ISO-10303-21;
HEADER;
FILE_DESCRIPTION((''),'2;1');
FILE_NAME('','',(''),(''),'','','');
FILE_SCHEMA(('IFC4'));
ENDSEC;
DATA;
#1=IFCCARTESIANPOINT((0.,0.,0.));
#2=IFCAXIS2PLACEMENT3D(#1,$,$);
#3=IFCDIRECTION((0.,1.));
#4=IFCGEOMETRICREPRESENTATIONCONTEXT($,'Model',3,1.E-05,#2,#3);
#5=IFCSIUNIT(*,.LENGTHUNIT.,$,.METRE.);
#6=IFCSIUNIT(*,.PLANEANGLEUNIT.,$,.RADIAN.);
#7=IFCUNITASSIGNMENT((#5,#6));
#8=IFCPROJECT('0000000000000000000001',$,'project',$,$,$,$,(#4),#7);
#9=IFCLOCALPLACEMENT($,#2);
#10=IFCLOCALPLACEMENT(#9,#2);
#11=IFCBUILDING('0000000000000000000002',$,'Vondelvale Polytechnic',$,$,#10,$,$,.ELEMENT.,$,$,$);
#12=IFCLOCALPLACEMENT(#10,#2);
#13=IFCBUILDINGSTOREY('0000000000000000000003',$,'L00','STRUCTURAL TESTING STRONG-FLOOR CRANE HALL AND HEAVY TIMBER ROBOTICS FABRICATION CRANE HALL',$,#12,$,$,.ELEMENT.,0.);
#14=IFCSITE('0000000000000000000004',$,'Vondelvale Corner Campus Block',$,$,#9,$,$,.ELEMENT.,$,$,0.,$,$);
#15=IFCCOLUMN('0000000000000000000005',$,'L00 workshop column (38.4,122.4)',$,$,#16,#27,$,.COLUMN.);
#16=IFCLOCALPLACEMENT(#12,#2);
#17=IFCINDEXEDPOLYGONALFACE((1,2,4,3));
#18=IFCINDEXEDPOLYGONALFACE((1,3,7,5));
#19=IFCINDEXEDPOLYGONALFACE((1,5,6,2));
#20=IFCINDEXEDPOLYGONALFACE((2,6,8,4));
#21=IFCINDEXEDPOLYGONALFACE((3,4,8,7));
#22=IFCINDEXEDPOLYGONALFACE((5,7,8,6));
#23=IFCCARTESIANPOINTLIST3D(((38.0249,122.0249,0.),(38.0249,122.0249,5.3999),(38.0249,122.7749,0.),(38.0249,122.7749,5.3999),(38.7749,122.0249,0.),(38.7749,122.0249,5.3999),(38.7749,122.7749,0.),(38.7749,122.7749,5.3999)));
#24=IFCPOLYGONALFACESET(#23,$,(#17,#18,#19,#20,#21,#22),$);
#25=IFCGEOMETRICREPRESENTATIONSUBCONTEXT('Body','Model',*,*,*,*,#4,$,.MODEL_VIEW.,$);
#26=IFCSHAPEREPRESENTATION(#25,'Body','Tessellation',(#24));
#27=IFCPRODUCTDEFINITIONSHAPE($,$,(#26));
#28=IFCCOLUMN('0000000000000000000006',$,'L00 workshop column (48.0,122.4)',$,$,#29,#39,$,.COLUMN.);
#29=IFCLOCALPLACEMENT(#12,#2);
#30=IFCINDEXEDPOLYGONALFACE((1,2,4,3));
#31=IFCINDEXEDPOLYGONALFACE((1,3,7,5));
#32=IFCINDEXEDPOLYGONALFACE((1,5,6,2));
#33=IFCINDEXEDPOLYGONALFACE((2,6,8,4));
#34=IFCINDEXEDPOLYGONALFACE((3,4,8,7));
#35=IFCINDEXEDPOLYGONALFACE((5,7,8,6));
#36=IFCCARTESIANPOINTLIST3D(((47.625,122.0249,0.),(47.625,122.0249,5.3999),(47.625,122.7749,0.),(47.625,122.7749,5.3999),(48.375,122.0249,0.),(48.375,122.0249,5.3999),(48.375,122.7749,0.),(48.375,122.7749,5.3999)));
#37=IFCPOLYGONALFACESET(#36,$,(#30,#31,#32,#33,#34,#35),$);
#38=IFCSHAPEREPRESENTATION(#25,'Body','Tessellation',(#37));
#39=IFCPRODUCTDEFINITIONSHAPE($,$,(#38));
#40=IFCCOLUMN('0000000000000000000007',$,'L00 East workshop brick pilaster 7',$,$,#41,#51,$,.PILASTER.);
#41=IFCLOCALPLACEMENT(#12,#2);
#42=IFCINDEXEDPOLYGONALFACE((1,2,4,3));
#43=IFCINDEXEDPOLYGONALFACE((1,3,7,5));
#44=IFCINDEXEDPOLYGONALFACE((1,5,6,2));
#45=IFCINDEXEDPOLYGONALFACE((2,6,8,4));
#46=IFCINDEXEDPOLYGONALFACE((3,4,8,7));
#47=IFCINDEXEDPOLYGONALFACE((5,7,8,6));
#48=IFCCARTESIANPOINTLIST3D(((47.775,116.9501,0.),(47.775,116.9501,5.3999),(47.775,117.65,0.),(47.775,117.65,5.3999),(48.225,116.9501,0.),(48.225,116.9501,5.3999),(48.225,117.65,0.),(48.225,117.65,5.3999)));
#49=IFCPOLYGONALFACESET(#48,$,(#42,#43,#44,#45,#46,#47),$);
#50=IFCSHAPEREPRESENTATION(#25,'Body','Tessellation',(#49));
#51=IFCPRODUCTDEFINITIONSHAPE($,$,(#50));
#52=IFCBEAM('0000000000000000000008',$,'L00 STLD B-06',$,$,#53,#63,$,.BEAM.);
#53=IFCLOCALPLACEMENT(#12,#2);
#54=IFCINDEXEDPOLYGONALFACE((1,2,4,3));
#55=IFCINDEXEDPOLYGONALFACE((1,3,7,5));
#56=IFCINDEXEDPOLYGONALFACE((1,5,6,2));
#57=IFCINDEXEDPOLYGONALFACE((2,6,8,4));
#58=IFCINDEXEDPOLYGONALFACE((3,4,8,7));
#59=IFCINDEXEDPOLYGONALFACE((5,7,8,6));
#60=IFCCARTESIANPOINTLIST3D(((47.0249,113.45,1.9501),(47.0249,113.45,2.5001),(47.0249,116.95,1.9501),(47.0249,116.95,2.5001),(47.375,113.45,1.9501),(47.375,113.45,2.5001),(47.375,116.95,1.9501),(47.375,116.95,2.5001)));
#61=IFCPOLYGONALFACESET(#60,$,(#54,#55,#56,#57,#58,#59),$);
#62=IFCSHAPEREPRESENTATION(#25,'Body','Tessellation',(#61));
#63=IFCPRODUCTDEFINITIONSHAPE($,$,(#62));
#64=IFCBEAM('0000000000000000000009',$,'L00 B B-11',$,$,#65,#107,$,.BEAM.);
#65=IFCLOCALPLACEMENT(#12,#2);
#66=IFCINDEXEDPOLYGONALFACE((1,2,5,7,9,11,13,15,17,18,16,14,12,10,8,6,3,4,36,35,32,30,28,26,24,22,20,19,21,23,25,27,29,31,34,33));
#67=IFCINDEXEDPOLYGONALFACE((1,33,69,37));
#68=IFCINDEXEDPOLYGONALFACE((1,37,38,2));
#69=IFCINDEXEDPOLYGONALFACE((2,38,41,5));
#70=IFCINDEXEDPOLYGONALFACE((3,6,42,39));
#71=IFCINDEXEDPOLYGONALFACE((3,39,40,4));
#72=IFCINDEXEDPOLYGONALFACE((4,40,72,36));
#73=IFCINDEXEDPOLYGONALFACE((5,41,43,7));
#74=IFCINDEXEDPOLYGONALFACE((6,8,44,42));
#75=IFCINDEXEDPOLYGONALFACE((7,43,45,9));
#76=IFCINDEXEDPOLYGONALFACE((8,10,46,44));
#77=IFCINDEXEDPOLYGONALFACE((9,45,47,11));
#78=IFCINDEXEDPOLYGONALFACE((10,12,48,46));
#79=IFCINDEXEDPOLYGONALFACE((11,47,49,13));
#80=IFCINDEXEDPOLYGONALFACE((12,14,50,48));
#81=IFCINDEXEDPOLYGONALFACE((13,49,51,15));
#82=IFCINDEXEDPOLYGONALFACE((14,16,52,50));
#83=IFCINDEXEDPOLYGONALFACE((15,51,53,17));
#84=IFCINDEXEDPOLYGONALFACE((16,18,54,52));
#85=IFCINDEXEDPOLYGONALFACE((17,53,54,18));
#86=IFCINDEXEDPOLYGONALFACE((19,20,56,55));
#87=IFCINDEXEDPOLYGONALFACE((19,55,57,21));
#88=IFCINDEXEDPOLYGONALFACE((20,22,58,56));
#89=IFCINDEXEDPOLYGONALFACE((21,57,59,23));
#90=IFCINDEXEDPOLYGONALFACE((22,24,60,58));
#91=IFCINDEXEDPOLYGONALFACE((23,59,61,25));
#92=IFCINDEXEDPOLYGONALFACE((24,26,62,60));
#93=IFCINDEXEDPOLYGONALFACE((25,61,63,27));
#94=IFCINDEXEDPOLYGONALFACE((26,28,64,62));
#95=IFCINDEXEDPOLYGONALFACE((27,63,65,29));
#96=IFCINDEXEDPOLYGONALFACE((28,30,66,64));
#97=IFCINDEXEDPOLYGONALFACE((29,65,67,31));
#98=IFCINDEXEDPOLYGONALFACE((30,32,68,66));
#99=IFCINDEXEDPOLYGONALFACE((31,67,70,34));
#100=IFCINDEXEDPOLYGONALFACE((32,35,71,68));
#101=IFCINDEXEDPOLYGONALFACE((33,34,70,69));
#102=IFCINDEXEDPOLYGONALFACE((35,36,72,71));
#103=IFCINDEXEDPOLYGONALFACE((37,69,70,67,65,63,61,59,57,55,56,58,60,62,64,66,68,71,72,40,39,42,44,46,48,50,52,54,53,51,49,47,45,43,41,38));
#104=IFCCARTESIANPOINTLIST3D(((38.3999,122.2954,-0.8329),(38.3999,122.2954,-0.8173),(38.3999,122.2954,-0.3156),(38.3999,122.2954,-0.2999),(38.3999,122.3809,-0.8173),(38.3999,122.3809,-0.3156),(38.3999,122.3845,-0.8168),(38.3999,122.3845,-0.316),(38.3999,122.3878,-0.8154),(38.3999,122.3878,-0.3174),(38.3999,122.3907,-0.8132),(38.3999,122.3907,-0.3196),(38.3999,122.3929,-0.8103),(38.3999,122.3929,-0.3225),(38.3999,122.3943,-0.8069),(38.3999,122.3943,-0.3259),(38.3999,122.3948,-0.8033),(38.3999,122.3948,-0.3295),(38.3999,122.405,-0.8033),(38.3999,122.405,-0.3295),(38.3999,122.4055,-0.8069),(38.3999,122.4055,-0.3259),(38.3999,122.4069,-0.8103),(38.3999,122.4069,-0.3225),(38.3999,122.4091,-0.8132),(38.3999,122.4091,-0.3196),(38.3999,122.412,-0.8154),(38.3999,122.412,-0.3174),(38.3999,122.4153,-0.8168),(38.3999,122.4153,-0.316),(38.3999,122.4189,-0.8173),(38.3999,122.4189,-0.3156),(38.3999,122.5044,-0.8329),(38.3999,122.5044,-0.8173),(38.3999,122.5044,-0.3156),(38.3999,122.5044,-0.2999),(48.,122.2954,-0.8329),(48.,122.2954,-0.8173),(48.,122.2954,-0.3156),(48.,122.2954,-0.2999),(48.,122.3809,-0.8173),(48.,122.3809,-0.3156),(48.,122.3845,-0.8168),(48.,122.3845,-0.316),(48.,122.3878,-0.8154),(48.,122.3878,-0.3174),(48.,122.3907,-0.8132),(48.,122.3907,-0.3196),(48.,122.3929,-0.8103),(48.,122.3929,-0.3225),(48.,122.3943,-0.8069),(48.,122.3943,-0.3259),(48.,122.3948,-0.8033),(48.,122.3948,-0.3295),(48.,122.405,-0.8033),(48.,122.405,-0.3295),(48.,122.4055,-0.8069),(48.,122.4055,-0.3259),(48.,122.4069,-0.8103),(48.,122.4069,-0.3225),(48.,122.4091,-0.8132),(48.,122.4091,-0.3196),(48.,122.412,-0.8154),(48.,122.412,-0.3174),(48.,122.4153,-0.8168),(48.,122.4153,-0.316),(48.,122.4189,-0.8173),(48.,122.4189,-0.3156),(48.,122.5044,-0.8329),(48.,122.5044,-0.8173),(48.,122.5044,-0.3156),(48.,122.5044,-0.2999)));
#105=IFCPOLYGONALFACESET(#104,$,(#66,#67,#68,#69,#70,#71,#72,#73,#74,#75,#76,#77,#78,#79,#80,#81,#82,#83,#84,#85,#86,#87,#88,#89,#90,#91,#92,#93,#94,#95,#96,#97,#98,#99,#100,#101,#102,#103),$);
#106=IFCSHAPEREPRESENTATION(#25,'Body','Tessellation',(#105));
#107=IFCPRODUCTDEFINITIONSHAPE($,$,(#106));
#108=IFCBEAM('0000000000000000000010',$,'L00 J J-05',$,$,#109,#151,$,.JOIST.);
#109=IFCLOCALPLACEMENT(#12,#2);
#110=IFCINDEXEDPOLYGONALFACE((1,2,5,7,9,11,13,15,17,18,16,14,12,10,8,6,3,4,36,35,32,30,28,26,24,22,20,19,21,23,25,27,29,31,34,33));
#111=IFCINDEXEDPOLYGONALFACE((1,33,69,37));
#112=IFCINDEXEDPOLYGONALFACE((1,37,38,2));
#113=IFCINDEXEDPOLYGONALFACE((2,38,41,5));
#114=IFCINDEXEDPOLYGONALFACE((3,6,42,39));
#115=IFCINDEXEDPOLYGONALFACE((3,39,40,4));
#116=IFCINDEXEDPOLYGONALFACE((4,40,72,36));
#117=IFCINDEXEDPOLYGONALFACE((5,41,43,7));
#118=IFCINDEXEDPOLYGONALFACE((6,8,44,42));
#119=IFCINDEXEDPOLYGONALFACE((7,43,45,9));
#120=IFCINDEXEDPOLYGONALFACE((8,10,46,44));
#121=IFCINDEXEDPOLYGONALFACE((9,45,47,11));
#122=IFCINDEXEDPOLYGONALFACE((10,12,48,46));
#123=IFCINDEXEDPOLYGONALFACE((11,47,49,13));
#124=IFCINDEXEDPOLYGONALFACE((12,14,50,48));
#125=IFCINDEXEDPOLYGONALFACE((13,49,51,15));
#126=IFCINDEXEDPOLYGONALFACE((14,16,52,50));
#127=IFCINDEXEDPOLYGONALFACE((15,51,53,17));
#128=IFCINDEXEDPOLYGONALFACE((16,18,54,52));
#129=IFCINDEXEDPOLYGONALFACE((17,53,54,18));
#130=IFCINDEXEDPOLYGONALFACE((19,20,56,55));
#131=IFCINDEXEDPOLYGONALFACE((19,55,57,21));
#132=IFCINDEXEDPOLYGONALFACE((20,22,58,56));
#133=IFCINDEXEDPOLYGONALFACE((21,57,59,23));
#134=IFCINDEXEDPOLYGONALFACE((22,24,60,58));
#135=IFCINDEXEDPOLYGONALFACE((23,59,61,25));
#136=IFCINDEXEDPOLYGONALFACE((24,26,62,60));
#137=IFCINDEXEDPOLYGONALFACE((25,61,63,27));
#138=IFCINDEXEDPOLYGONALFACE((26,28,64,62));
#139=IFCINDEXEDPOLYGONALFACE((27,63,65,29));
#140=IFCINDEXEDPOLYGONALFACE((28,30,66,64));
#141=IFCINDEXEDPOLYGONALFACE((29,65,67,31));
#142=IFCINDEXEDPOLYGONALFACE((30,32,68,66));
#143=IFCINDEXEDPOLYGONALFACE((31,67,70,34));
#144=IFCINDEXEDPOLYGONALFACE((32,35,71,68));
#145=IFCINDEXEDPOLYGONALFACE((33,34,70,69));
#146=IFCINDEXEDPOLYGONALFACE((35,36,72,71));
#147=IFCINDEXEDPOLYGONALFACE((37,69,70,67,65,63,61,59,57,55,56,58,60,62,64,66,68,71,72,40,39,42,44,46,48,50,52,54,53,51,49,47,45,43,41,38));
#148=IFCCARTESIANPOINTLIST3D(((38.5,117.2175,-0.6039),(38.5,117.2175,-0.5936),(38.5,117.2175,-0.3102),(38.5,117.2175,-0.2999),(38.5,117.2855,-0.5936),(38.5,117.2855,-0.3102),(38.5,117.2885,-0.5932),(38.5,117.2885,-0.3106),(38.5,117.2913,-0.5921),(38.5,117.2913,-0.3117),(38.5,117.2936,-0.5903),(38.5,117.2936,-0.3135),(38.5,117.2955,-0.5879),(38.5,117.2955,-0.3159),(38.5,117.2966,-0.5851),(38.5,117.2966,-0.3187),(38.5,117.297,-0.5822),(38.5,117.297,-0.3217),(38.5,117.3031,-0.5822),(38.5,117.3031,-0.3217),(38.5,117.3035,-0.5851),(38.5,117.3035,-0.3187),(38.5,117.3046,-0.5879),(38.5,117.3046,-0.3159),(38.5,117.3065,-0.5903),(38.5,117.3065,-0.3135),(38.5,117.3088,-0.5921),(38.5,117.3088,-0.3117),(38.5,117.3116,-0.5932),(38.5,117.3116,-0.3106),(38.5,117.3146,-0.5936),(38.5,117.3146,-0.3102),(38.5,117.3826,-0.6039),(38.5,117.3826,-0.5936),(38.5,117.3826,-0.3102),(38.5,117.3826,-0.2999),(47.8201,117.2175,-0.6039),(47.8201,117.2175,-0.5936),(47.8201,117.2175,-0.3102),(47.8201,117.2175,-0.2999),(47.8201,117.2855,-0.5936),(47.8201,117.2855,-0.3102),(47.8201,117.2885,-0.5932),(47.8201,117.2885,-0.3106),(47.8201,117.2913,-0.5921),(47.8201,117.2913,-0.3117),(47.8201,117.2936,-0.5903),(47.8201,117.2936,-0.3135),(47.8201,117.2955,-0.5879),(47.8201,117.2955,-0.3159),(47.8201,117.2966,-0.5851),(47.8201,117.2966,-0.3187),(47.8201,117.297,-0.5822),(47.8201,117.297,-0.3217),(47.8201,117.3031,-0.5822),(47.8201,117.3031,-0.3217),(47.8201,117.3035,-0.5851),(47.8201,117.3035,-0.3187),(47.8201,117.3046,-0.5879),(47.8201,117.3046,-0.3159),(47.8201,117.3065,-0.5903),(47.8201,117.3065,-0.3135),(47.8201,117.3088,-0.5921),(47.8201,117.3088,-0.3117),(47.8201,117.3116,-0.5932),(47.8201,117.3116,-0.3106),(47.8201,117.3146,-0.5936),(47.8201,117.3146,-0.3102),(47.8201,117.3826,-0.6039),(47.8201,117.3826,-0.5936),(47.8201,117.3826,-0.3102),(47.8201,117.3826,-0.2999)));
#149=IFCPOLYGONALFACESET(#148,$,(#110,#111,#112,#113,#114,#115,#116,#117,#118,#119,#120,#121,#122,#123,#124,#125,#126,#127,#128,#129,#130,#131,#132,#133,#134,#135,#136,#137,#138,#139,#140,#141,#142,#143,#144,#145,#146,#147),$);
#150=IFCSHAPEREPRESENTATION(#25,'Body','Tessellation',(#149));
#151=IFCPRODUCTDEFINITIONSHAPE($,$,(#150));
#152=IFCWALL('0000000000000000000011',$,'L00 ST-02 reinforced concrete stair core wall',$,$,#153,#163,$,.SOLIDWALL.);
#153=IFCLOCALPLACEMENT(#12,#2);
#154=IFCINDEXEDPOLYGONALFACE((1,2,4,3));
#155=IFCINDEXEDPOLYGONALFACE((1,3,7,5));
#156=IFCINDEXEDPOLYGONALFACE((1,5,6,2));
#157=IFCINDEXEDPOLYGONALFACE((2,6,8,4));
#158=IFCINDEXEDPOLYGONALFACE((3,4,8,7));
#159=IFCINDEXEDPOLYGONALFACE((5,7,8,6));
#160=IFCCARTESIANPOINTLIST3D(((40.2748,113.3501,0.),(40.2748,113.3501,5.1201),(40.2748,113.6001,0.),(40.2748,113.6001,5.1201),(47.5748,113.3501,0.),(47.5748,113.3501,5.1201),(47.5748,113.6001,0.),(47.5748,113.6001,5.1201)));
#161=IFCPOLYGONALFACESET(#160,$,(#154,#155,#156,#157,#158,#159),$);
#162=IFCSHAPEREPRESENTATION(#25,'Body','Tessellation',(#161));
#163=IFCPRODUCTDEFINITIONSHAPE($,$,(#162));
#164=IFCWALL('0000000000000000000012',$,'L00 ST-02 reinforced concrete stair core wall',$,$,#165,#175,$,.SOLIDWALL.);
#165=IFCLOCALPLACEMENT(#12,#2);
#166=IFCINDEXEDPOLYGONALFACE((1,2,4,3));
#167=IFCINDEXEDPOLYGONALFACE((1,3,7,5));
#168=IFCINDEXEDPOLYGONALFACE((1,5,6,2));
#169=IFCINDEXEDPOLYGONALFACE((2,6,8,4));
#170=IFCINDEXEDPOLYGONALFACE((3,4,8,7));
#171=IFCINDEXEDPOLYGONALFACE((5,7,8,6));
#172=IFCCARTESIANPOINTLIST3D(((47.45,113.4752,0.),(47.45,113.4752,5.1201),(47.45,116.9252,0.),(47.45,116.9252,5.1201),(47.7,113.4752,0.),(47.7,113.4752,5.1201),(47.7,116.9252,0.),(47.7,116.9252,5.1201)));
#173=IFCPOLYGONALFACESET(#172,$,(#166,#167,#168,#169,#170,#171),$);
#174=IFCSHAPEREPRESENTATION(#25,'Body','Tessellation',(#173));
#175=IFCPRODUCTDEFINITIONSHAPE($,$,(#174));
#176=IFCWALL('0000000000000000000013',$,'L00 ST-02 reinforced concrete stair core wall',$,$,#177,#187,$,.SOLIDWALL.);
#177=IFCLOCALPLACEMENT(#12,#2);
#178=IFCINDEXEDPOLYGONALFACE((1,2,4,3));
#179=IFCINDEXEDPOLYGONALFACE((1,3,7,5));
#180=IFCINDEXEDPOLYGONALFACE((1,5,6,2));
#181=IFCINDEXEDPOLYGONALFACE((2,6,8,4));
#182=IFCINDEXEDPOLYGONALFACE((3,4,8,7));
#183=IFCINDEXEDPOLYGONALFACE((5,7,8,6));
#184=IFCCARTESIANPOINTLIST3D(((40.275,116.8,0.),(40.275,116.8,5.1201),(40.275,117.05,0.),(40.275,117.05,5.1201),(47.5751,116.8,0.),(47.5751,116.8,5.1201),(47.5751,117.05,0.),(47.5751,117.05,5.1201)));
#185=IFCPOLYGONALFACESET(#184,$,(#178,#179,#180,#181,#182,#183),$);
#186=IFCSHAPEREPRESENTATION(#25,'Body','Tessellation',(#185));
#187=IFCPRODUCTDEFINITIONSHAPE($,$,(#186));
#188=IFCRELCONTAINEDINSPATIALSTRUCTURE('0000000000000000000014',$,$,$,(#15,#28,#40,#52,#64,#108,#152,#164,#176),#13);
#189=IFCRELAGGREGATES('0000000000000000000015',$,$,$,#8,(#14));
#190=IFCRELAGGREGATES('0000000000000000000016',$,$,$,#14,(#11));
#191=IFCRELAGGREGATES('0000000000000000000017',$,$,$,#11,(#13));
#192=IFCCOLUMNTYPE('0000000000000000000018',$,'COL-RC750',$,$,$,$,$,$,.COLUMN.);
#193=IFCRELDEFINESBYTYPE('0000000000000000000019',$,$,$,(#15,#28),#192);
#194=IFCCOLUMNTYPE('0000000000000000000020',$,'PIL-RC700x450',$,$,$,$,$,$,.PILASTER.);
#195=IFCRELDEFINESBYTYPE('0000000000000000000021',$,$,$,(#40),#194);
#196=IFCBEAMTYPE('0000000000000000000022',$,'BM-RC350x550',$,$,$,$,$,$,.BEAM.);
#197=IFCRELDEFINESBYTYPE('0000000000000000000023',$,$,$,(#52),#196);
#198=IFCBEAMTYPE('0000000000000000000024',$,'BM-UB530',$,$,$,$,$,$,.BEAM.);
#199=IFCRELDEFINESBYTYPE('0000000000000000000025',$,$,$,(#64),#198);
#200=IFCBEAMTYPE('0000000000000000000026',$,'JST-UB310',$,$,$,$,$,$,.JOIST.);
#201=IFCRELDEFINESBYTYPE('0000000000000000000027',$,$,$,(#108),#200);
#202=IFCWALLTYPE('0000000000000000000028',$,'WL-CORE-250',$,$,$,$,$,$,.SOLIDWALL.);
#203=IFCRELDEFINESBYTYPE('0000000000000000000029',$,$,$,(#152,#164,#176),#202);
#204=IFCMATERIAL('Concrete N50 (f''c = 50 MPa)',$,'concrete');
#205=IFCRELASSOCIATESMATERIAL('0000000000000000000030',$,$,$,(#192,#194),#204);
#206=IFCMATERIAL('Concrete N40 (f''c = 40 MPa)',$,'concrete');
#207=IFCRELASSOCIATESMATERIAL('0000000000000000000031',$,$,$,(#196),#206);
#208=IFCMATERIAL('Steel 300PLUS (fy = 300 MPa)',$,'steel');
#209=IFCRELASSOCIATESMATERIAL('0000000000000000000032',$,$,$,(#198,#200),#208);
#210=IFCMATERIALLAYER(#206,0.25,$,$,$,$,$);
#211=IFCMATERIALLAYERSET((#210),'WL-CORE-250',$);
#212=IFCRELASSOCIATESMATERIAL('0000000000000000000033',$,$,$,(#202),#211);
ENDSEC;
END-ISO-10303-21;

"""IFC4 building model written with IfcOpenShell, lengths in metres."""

from ifc_helpers import new_model, si_unit, direction, frame, frame_2d, origin, origin_2d, place, context, subcontext, project, spatial, rectangle, i_section, extrude, material, layer, layer_set, material_profile, profile_set, type_object, element, save


model = new_model("IFC4")

# Units and contexts
model_context = context("Model", 3, precision=1e-05, world=origin(), true_north=direction((0.0, 1.0)))
body_context = subcontext(model_context, "Body", "Model", "MODEL_VIEW")
ifc_project = project(units=[si_unit("LENGTHUNIT", "METRE"), si_unit("PLANEANGLEUNIT", "RADIAN")], contexts=[model_context])

# Site, building, storey
site_placement = place(None, origin())
site = spatial("IfcSite", under=ifc_project, at=site_placement, Name="Vondelvale Corner Campus Block", CompositionType="ELEMENT", RefElevation=0.0)
building_placement = place(site_placement, origin())
building = spatial("IfcBuilding", under=site, at=building_placement, Name="Vondelvale Polytechnic", CompositionType="ELEMENT")
storey_placement = place(building_placement, origin())
storey = spatial("IfcBuildingStorey", under=building, at=storey_placement, Name="L00", Description="STRUCTURAL TESTING STRONG-FLOOR CRANE HALL AND HEAVY TIMBER ROBOTICS FABRICATION CRANE HALL", CompositionType="ELEMENT", Elevation=0.0)

# Columns
ifc_material_1 = material(Name="Concrete N50 (f'c = 50 MPa)", Category="concrete")
ifc_material_profile_1 = material_profile(ifc_material_1, rectangle(XDim=0.75, YDim=0.75, at=origin_2d()), Name="RC-COL-750x750")
ifc_profile_set_1 = profile_set([ifc_material_profile_1], Name="Concrete N50 (f'c = 50 MPa)")
column_type_1 = type_object("IfcColumnType", Name="COL-RC750", PredefinedType="COLUMN", material=ifc_profile_set_1)
for number, where, z_axis, x_axis, name in (
    (1, (38.3999, 122.3999, 0.0), (0.0, 0.0, 1.0), (1.0, 0.0, 0.0), "L00 workshop column (38.4,122.4)"),
    (2, (48.0, 122.3999, 0.0), (0.0, 0.0, 1.0), (1.0, 0.0, 0.0), "L00 workshop column (48.0,122.4)"),
):
    element("IfcColumn", number, at=place(storey_placement, frame(where, z_axis=z_axis, x_axis=x_axis)), inside=storey, type_object=column_type_1, Name=name, PredefinedType="COLUMN", context=body_context, shape_type="SweptSolid", body=[
        extrude(rectangle(XDim=0.75, YDim=0.75, at=origin_2d()), origin(), (0.0, 0.0, 1.0), 5.3999),
    ])
ifc_material_profile_2 = material_profile(ifc_material_1, rectangle(XDim=0.45, YDim=0.7, at=origin_2d()), Name="RC-PIL-700x450")
ifc_profile_set_2 = profile_set([ifc_material_profile_2], Name="Concrete N50 (f'c = 50 MPa)")
column_type_2 = type_object("IfcColumnType", Name="PIL-RC700x450", PredefinedType="PILASTER", material=ifc_profile_set_2)
column_placement = place(storey_placement, frame((48.0, 117.3, 0.0), z_axis=(0.0, 0.0, 1.0), x_axis=(1.0, 0.0, 0.0)))
element("IfcColumn", 3, at=column_placement, inside=storey, type_object=column_type_2, Name="L00 East workshop brick pilaster 7", PredefinedType="PILASTER", context=body_context, shape_type="SweptSolid", body=[
    extrude(rectangle(XDim=0.45, YDim=0.7, at=origin_2d()), origin(), (0.0, 0.0, 1.0), 5.3999),
])

# Beams
ifc_material_2 = material(Name="Concrete N40 (f'c = 40 MPa)", Category="concrete")
ifc_material_profile_3 = material_profile(ifc_material_2, rectangle(XDim=0.3501, YDim=0.55, at=origin_2d()), Name="RC-BM-350x550")
ifc_profile_set_3 = profile_set([ifc_material_profile_3], Name="Concrete N40 (f'c = 40 MPa)")
beam_type_1 = type_object("IfcBeamType", Name="BM-RC350x550", PredefinedType="BEAM", material=ifc_profile_set_3)
beam_1_placement = place(storey_placement, frame((47.2, 113.45, 2.2251), z_axis=(0.0, 1.0, 0.0), x_axis=(-1.0, 0.0, 0.0)))
element("IfcBeam", 4, at=beam_1_placement, inside=storey, type_object=beam_type_1, Name="L00 STLD B-06", PredefinedType="BEAM", context=body_context, shape_type="SweptSolid", body=[
    extrude(rectangle(XDim=0.3501, YDim=0.55, at=origin_2d()), origin(), (0.0, 0.0, 1.0), 3.5),
])
ifc_material_3 = material(Name="Steel 300PLUS (fy = 300 MPa)", Category="steel")
ifc_material_profile_4 = material_profile(ifc_material_3, i_section(OverallWidth=0.209, OverallDepth=0.533, WebThickness=0.0103, FlangeThickness=0.0156, FilletRadius=0.0139, at=origin_2d()), Name="530UB92.4")
ifc_profile_set_4 = profile_set([ifc_material_profile_4], Name="Steel 300PLUS (fy = 300 MPa)")
beam_type_2 = type_object("IfcBeamType", Name="BM-UB530", PredefinedType="BEAM", material=ifc_profile_set_4)
beam_2_placement = place(storey_placement, frame((38.3999, 122.3999, -0.5664), z_axis=(1.0, 0.0, 0.0), x_axis=(0.0, 1.0, 0.0)))
element("IfcBeam", 5, at=beam_2_placement, inside=storey, type_object=beam_type_2, Name="L00 B B-11", PredefinedType="BEAM", context=body_context, shape_type="SweptSolid", body=[
    extrude(i_section(OverallWidth=0.209, OverallDepth=0.533, WebThickness=0.0103, FlangeThickness=0.0156, FilletRadius=0.0139, at=origin_2d()), origin(), (0.0, 0.0, 1.0), 9.6001),
])
ifc_material_profile_5 = material_profile(ifc_material_3, i_section(OverallWidth=0.165, OverallDepth=0.304, WebThickness=0.0061, FlangeThickness=0.0103, FilletRadius=0.0115, at=origin_2d()), Name="310UB40.4")
ifc_profile_set_5 = profile_set([ifc_material_profile_5], Name="Steel 300PLUS (fy = 300 MPa)")
beam_type_3 = type_object("IfcBeamType", Name="JST-UB310", PredefinedType="JOIST", material=ifc_profile_set_5)
beam_3_placement = place(storey_placement, frame((38.5, 117.3, -0.4519), z_axis=(1.0, 0.0, 0.0), x_axis=(0.0, 1.0, 0.0)))
element("IfcBeam", 6, at=beam_3_placement, inside=storey, type_object=beam_type_3, Name="L00 J J-05", PredefinedType="JOIST", context=body_context, shape_type="SweptSolid", body=[
    extrude(i_section(OverallWidth=0.165, OverallDepth=0.304, WebThickness=0.0061, FlangeThickness=0.0103, FilletRadius=0.0115, at=origin_2d()), origin(), (0.0, 0.0, 1.0), 9.3201),
])

# Walls
ifc_layer_1 = layer(ifc_material_2, 0.25)
ifc_layer_set_1 = layer_set([ifc_layer_1], Name="WL-CORE-250")
wall_type_1 = type_object("IfcWallType", Name="WL-CORE-250", PredefinedType="SOLIDWALL", material=ifc_layer_set_1)
wall_1_placement = place(storey_placement, frame((40.2749, 113.4751, 0.0), z_axis=(0.0, 0.0, 1.0), x_axis=(1.0, 0.0, 0.0)))
element("IfcWall", 7, at=wall_1_placement, inside=storey, type_object=wall_type_1, Name="L00 ST-02 reinforced concrete stair core wall", PredefinedType="SOLIDWALL", context=body_context, shape_type="SweptSolid", body=[
    extrude(rectangle(XDim=7.3, YDim=0.25, at=frame_2d((3.6499, 0.0))), origin(), (0.0, 0.0, 1.0), 5.1201),
])
wall_2_placement = place(storey_placement, frame((47.575, 113.4751, 0.0), z_axis=(0.0, 0.0, 1.0), x_axis=(0.0, 1.0, 0.0)))
element("IfcWall", 8, at=wall_2_placement, inside=storey, type_object=wall_type_1, Name="L00 ST-02 reinforced concrete stair core wall", PredefinedType="SOLIDWALL", context=body_context, shape_type="SweptSolid", body=[
    extrude(rectangle(XDim=3.45, YDim=0.25, at=frame_2d((1.7251, 0.0))), origin(), (0.0, 0.0, 1.0), 5.1201),
])
wall_3_placement = place(storey_placement, frame((47.575, 116.925, 0.0), z_axis=(0.0, 0.0, 1.0), x_axis=(-1.0, 0.0, 0.0)))
element("IfcWall", 9, at=wall_3_placement, inside=storey, type_object=wall_type_1, Name="L00 ST-02 reinforced concrete stair core wall", PredefinedType="SOLIDWALL", context=body_context, shape_type="SweptSolid", body=[
    extrude(rectangle(XDim=7.3, YDim=0.25, at=frame_2d((3.6499, 0.0))), origin(), (0.0, 0.0, 1.0), 5.1201),
])

save(model, "model.ifc")
